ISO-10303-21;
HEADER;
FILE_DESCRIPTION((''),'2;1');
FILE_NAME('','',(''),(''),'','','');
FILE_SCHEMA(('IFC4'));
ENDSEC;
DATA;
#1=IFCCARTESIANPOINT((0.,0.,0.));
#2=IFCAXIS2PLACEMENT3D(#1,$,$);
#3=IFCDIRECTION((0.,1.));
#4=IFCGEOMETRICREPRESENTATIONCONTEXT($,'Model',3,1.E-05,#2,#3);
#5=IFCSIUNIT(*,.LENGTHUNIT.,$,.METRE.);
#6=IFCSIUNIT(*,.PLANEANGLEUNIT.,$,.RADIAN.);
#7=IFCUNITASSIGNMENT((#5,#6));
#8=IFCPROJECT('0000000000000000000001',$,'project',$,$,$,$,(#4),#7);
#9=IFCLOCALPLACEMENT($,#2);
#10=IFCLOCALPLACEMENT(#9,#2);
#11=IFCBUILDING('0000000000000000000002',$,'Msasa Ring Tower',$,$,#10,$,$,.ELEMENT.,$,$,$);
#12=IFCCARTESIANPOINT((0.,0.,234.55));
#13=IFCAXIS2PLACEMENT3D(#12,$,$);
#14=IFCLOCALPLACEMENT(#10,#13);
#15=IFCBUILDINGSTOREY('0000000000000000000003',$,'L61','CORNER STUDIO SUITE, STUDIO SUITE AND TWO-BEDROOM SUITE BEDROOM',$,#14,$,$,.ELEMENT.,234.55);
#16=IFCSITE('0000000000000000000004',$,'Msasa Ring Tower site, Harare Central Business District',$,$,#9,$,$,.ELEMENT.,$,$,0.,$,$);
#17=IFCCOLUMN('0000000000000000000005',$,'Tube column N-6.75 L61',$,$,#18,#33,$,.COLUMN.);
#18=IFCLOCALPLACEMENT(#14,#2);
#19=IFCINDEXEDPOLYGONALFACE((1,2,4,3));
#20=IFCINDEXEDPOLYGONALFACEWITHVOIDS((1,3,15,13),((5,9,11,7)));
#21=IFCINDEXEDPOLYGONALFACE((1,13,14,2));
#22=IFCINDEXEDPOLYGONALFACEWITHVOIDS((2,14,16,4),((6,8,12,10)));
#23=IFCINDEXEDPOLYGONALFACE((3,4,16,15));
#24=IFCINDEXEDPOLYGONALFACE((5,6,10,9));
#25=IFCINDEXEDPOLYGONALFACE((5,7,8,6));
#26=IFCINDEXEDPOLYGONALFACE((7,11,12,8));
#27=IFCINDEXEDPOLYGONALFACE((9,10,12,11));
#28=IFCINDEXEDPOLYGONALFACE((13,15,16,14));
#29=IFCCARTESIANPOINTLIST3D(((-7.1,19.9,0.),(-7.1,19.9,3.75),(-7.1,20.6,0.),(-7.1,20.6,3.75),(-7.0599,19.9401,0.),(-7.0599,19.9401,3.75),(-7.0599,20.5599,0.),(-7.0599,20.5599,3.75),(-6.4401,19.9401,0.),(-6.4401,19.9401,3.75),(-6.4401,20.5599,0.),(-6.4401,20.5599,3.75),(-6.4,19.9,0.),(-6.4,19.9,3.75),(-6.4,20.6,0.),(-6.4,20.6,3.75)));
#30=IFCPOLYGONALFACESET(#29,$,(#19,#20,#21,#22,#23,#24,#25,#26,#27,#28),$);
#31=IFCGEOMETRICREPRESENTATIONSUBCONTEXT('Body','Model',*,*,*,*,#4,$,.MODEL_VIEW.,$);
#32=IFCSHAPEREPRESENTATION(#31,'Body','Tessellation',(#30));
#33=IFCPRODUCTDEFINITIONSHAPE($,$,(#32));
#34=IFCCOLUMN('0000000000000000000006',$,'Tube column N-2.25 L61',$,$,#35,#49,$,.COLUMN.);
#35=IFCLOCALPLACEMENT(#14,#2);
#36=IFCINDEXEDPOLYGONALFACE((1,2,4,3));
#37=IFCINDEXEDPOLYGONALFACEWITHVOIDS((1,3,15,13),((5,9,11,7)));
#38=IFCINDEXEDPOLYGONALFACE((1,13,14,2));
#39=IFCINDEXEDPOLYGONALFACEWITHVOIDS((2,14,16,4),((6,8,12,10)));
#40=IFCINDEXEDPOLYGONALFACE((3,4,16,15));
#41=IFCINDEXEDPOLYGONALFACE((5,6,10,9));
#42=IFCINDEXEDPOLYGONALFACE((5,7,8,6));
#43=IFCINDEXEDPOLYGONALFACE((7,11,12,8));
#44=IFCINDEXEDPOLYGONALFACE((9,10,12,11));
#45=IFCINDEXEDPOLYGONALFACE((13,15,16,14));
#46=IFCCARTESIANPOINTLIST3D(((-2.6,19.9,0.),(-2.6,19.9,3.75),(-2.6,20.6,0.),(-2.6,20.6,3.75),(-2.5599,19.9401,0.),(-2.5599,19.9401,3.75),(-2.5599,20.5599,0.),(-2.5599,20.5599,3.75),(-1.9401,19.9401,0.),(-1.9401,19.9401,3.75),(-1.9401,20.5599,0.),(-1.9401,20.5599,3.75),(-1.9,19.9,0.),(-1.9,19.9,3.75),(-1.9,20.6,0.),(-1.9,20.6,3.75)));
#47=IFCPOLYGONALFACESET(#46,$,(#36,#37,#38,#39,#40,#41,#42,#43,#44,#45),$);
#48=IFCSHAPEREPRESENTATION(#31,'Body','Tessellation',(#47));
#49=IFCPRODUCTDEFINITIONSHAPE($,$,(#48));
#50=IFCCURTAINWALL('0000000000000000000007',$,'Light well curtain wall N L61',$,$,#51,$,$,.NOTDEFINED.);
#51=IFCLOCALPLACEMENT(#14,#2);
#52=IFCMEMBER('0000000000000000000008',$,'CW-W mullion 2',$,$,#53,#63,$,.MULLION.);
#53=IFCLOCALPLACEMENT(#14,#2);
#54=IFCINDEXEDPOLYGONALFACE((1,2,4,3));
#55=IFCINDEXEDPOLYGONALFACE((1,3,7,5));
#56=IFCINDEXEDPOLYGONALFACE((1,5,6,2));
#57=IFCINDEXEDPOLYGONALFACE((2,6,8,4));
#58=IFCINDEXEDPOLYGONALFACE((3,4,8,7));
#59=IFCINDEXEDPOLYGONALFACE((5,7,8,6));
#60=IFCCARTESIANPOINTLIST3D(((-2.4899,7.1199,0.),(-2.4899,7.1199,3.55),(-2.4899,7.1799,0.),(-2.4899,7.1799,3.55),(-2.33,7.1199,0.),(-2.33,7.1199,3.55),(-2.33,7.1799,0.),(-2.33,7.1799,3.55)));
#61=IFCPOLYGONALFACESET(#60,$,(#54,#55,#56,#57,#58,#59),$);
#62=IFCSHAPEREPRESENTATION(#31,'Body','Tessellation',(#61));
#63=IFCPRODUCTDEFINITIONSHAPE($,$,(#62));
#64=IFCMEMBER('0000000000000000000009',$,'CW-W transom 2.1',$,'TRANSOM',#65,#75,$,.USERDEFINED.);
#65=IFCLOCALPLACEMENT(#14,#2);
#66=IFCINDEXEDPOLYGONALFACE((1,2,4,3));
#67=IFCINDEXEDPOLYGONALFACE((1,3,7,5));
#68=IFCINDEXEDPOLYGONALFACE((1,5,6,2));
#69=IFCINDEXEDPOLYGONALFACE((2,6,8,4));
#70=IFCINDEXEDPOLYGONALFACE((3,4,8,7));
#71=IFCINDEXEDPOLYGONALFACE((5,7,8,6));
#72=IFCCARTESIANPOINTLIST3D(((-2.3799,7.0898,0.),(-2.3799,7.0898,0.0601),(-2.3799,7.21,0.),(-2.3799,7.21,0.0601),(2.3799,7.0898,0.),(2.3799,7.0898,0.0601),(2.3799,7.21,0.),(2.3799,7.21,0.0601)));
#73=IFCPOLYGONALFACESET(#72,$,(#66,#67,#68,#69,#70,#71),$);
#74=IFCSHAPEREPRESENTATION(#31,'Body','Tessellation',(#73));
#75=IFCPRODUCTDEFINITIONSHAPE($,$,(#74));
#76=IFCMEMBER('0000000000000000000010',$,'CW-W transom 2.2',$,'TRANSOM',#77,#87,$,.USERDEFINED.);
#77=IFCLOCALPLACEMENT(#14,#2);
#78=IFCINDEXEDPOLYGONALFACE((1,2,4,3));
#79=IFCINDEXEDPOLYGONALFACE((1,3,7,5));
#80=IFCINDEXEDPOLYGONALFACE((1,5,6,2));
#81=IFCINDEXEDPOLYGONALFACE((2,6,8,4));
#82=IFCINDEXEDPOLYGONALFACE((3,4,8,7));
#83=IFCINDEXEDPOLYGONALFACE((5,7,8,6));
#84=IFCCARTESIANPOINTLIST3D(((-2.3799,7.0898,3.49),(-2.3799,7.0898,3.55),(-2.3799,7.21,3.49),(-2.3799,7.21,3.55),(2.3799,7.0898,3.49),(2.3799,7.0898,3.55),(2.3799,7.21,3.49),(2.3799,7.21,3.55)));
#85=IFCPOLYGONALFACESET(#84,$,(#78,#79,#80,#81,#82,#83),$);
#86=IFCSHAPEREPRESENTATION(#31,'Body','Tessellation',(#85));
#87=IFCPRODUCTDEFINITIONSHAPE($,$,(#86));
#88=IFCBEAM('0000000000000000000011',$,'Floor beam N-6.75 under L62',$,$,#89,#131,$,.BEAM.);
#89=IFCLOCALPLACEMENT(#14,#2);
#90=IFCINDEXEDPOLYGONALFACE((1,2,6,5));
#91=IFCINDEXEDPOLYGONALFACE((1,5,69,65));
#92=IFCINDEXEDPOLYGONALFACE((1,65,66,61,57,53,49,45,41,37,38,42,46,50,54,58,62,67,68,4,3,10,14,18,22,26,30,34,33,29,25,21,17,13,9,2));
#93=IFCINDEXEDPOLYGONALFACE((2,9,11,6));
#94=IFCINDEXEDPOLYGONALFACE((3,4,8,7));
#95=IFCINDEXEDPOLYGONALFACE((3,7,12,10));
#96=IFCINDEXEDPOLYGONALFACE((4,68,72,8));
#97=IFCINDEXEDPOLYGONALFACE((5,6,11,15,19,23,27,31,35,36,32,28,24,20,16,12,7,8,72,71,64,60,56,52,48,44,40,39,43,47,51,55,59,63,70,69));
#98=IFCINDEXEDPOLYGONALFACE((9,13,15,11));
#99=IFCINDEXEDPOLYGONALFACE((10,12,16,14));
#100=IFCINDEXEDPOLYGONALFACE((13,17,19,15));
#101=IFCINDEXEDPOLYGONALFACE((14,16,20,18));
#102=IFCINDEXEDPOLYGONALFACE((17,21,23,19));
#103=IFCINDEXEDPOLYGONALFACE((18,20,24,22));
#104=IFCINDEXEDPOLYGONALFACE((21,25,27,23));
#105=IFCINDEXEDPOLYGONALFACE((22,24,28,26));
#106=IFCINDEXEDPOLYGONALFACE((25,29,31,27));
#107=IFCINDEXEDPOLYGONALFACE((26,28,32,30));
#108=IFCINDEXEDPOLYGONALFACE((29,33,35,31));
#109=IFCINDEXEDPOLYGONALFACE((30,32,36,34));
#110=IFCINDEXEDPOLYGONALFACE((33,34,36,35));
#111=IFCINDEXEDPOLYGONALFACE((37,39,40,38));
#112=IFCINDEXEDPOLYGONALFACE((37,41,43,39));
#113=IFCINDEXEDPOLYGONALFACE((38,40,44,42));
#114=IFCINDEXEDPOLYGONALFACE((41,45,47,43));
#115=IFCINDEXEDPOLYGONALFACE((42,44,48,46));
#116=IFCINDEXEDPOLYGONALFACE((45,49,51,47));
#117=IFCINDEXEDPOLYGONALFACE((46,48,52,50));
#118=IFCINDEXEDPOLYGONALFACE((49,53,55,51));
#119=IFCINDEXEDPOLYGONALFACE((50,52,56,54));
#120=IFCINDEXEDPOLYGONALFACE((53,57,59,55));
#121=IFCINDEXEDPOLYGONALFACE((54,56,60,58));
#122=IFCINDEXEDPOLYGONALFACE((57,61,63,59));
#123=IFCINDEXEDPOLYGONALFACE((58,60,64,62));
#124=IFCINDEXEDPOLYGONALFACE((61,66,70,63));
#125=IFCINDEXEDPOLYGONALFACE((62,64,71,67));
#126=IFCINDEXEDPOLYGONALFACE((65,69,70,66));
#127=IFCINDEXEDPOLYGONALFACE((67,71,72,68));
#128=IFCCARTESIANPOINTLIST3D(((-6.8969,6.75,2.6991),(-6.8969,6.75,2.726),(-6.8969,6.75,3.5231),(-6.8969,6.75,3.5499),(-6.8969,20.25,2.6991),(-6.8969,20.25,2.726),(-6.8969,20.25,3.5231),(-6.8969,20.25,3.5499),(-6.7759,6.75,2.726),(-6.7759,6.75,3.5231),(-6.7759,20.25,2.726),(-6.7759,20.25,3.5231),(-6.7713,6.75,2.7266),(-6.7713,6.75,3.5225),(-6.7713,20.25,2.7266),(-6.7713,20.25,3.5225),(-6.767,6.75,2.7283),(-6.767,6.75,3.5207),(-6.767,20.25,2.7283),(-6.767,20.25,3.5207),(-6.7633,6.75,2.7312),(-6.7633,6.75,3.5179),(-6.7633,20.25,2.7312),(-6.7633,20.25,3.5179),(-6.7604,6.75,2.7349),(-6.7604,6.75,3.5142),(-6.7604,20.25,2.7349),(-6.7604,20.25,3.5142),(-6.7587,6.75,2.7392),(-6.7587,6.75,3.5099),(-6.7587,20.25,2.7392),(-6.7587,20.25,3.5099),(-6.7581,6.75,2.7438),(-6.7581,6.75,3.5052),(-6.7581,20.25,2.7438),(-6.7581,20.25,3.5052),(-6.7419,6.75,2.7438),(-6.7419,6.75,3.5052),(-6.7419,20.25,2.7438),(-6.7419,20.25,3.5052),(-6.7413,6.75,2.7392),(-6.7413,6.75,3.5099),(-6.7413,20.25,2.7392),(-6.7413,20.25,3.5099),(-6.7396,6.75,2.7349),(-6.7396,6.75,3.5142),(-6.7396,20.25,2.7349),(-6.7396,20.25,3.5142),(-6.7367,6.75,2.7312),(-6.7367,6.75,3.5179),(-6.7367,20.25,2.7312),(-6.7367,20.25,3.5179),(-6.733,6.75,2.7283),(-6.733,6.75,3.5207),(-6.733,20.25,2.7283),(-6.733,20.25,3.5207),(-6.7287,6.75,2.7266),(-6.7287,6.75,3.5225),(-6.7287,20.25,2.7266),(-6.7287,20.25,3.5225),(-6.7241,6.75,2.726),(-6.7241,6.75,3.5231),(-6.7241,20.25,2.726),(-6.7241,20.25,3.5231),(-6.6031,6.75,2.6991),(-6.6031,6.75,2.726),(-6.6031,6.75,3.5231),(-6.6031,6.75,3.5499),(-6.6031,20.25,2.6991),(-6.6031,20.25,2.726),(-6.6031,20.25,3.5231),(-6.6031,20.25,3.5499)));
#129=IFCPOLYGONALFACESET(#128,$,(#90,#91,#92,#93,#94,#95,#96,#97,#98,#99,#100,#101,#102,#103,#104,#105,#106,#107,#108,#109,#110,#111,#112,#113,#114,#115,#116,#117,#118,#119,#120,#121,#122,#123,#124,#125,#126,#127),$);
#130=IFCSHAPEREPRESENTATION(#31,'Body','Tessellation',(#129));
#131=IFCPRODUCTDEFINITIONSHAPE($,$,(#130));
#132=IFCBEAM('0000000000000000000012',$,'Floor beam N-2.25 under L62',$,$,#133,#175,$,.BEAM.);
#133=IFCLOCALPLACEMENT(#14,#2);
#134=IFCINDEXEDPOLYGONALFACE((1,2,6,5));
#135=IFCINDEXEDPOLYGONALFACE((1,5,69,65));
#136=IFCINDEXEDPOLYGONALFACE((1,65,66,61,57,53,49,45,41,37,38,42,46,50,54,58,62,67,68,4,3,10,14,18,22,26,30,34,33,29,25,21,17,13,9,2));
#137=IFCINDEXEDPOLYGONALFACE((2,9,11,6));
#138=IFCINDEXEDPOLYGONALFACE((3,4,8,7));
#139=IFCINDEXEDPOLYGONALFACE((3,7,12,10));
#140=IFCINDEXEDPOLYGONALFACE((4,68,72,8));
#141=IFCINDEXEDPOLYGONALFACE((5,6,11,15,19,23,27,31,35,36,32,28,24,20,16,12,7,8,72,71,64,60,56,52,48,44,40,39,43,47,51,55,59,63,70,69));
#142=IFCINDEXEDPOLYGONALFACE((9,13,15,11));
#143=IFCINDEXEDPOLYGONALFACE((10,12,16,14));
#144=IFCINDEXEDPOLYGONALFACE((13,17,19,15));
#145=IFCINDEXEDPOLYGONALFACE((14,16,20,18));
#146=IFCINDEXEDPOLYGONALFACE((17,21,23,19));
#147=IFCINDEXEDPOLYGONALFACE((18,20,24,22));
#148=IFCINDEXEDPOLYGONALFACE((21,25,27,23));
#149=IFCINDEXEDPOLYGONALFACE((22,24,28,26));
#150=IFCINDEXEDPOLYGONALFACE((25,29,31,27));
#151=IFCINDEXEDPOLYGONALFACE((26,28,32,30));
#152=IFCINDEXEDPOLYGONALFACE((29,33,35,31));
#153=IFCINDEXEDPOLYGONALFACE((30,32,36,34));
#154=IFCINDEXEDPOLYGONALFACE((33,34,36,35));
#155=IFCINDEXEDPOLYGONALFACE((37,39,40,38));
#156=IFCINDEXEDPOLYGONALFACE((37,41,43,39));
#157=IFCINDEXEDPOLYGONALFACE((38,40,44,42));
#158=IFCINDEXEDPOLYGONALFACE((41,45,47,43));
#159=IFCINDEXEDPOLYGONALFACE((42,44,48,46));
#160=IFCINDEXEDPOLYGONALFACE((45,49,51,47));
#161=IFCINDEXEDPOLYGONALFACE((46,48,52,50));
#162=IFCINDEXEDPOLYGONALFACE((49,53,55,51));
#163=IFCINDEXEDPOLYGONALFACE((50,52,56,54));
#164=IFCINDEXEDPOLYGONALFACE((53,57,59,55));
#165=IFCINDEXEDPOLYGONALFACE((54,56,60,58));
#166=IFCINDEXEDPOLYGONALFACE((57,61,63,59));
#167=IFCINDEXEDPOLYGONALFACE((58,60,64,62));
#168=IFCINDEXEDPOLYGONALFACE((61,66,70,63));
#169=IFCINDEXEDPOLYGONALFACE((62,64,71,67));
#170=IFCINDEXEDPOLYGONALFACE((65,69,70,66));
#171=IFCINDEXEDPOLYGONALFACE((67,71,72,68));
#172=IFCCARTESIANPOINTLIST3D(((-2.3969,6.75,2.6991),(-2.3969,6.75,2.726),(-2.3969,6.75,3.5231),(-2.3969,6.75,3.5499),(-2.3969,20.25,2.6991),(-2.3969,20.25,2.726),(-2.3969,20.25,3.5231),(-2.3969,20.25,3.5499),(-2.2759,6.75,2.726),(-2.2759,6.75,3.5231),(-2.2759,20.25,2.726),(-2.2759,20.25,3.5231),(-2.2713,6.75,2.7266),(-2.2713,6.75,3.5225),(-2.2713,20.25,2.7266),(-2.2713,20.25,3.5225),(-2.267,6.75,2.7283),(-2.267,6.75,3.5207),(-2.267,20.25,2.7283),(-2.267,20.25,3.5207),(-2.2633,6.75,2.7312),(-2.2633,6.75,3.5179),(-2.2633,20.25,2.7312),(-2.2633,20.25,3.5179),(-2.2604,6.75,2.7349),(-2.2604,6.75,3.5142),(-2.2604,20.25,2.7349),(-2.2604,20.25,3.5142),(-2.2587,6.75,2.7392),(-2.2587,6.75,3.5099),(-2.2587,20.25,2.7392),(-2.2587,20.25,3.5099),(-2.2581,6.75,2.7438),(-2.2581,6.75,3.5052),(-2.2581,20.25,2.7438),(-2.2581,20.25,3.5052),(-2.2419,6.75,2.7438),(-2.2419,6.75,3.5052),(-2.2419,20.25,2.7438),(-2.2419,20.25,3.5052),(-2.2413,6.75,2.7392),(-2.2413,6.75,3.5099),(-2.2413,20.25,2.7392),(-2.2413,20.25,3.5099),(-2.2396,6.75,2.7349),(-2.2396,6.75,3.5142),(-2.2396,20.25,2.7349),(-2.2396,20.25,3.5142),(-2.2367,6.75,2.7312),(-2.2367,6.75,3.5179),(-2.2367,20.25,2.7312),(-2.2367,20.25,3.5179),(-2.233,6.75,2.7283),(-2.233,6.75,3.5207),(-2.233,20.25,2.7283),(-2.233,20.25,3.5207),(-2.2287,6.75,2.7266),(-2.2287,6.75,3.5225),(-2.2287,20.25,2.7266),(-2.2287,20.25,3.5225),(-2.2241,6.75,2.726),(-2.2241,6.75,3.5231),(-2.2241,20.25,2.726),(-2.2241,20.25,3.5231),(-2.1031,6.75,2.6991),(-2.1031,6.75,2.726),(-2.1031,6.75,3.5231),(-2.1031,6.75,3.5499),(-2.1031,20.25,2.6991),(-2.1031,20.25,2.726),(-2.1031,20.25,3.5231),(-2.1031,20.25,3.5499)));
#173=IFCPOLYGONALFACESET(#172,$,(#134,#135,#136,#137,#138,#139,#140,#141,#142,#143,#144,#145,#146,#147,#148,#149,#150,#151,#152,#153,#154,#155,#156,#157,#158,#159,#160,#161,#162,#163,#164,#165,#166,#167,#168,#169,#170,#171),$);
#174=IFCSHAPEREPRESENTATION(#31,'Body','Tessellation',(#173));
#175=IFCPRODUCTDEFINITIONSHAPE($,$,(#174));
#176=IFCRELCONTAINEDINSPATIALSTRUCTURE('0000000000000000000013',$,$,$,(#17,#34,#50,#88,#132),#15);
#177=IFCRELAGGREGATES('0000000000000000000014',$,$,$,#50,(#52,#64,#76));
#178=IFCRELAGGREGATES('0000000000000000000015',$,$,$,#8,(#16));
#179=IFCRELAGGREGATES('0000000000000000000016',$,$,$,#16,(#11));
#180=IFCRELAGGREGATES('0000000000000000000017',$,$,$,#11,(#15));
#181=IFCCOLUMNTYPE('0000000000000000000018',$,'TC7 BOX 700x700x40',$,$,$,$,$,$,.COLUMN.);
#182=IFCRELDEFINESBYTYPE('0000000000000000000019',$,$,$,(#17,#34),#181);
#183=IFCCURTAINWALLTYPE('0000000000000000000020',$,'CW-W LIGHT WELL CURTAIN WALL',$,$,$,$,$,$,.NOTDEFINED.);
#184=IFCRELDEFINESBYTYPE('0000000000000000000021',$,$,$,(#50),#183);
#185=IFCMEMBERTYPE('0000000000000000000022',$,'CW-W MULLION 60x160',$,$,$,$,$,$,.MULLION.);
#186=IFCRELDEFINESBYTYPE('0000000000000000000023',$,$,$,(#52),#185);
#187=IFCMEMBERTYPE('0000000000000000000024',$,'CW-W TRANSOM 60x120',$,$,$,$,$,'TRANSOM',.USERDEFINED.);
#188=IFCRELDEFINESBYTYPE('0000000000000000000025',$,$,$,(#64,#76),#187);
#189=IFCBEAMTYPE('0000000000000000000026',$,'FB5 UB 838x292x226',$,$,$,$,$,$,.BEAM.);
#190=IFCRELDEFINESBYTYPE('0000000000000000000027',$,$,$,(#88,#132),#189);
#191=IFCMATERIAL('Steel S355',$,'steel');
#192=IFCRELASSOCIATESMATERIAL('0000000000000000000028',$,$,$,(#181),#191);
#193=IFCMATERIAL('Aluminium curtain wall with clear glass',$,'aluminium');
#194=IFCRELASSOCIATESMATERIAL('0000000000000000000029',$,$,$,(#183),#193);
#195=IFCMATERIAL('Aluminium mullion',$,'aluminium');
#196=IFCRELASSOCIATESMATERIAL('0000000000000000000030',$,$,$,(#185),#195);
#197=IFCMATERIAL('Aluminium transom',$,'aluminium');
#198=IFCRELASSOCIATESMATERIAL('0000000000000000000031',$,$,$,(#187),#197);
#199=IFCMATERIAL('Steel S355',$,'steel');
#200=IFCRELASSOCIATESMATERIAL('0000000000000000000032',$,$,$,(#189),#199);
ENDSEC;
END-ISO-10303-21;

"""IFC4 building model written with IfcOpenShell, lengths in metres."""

from ifc_helpers import new_model, si_unit, direction, frame, origin, origin_2d, place, context, subcontext, project, spatial, rectangle, hollow_rectangle, i_section, extrude, material, material_profile, profile_set, type_object, element, aggregate, save


model = new_model("IFC4")

# Units and contexts
model_context = context("Model", 3, precision=1e-05, world=origin(), true_north=direction((0.0, 1.0)))
body_context = subcontext(model_context, "Body", "Model", "MODEL_VIEW")
ifc_project = project(units=[si_unit("LENGTHUNIT", "METRE"), si_unit("PLANEANGLEUNIT", "RADIAN")], contexts=[model_context])

# Site, building, storey
site_placement = place(None, origin())
site = spatial("IfcSite", under=ifc_project, at=site_placement, Name="Msasa Ring Tower site, Harare Central Business District", CompositionType="ELEMENT", RefElevation=0.0)
building_placement = place(site_placement, origin())
building = spatial("IfcBuilding", under=site, at=building_placement, Name="Msasa Ring Tower", CompositionType="ELEMENT")
storey_placement = place(building_placement, frame((0.0, 0.0, 234.55)))
storey = spatial("IfcBuildingStorey", under=building, at=storey_placement, Name="L61", Description="CORNER STUDIO SUITE, STUDIO SUITE AND TWO-BEDROOM SUITE BEDROOM", CompositionType="ELEMENT", Elevation=234.55)

# Columns
ifc_material_1 = material(Name="Steel S355", Category="steel")
ifc_material_profile_1 = material_profile(ifc_material_1, hollow_rectangle(XDim=0.7, YDim=0.7, WallThickness=0.04, at=origin_2d()), Name="BOX 700x700x40")
ifc_profile_set_1 = profile_set([ifc_material_profile_1], Name="Steel S355")
column_type = type_object("IfcColumnType", Name="TC7 BOX 700x700x40", PredefinedType="COLUMN", material=ifc_profile_set_1)
for number, where, z_axis, x_axis, name in (
    (1, (-6.75, 20.25, 0.0), (0.0, 0.0, 1.0), (0.0, 1.0, 0.0), "Tube column N-6.75 L61"),
    (2, (-2.25, 20.25, 0.0), (0.0, 0.0, 1.0), (0.0, 1.0, 0.0), "Tube column N-2.25 L61"),
):
    element("IfcColumn", number, at=place(storey_placement, frame(where, z_axis=z_axis, x_axis=x_axis)), inside=storey, type_object=column_type, Name=name, PredefinedType="COLUMN", context=body_context, shape_type="SweptSolid", body=[
        extrude(hollow_rectangle(XDim=0.7, YDim=0.7, WallThickness=0.04, at=origin_2d()), origin(), (0.0, 0.0, 1.0), 3.75),
    ])

# Curtain wall, members
ifc_material_2 = material(Name="Aluminium curtain wall with clear glass", Category="aluminium")
curtain_wall_type = type_object("IfcCurtainWallType", Name="CW-W LIGHT WELL CURTAIN WALL", PredefinedType="NOTDEFINED", material=ifc_material_2)
curtain_wall_placement = place(storey_placement, origin())
curtain_wall = element("IfcCurtainWall", 3, at=curtain_wall_placement, inside=storey, type_object=curtain_wall_type, Name="Light well curtain wall N L61", PredefinedType="NOTDEFINED")
ifc_material_3 = material(Name="Aluminium mullion", Category="aluminium")
ifc_material_profile_2 = material_profile(ifc_material_3, rectangle(XDim=0.0601, YDim=0.1599, at=origin_2d()), Name="AL 60x160")
ifc_profile_set_2 = profile_set([ifc_material_profile_2], Name="Aluminium mullion")
member_type_1 = type_object("IfcMemberType", Name="CW-W MULLION 60x160", PredefinedType="MULLION", material=ifc_profile_set_2)
member_1_placement = place(storey_placement, frame((-2.4099, 7.1499, 0.0), z_axis=(0.0, 0.0, 1.0), x_axis=(0.0, 1.0, 0.0)))
member_1 = element("IfcMember", 4, at=member_1_placement, type_object=member_type_1, Name="CW-W mullion 2", PredefinedType="MULLION", context=body_context, shape_type="SweptSolid", body=[
    extrude(rectangle(XDim=0.0601, YDim=0.1599, at=origin_2d()), origin(), (0.0, 0.0, 1.0), 3.55),
])
ifc_material_4 = material(Name="Aluminium transom", Category="aluminium")
ifc_material_profile_3 = material_profile(ifc_material_4, rectangle(XDim=0.1201, YDim=0.0601, at=origin_2d()), Name="AL 60x120")
ifc_profile_set_3 = profile_set([ifc_material_profile_3], Name="Aluminium transom")
member_type_2 = type_object("IfcMemberType", Name="CW-W TRANSOM 60x120", ElementType="TRANSOM", PredefinedType="USERDEFINED", material=ifc_profile_set_3)
member_2_placement = place(storey_placement, frame((-2.3799, 7.1499, 0.03), z_axis=(1.0, 0.0, 0.0), x_axis=(0.0, 1.0, 0.0)))
member_2 = element("IfcMember", 5, at=member_2_placement, type_object=member_type_2, Name="CW-W transom 2.1", ObjectType="TRANSOM", PredefinedType="USERDEFINED", context=body_context, shape_type="SweptSolid", body=[
    extrude(rectangle(XDim=0.1201, YDim=0.0601, at=origin_2d()), origin(), (0.0, 0.0, 1.0), 4.7598),
])
member_3_placement = place(storey_placement, frame((-2.3799, 7.1499, 3.52), z_axis=(1.0, 0.0, 0.0), x_axis=(0.0, 1.0, 0.0)))
member_3 = element("IfcMember", 6, at=member_3_placement, type_object=member_type_2, Name="CW-W transom 2.2", ObjectType="TRANSOM", PredefinedType="USERDEFINED", context=body_context, shape_type="SweptSolid", body=[
    extrude(rectangle(XDim=0.1201, YDim=0.0601, at=origin_2d()), origin(), (0.0, 0.0, 1.0), 4.7598),
])

# Beams
ifc_material_5 = material(Name="Steel S355", Category="steel")
ifc_material_profile_4 = material_profile(ifc_material_5, i_section(OverallWidth=0.2937, OverallDepth=0.8508, WebThickness=0.0161, FlangeThickness=0.0269, FilletRadius=0.0178, at=origin_2d()), Name="UB 838x292x226")
ifc_profile_set_4 = profile_set([ifc_material_profile_4], Name="Steel S355")
beam_type_1 = type_object("IfcBeamType", Name="FB5 UB 838x292x226", PredefinedType="BEAM", material=ifc_profile_set_4)
for number, where, z_axis, x_axis, name in (
    (7, (-6.75, 20.25, 3.1245), (0.0, -1.0, 0.0), (1.0, 0.0, 0.0), "Floor beam N-6.75 under L62"),
    (8, (-2.25, 20.25, 3.1245), (0.0, -1.0, 0.0), (1.0, 0.0, 0.0), "Floor beam N-2.25 under L62"),
):
    element("IfcBeam", number, at=place(storey_placement, frame(where, z_axis=z_axis, x_axis=x_axis)), inside=storey, type_object=beam_type_1, Name=name, PredefinedType="BEAM", context=body_context, shape_type="SweptSolid", body=[
        extrude(i_section(OverallWidth=0.2937, OverallDepth=0.8508, WebThickness=0.0161, FlangeThickness=0.0269, FilletRadius=0.0178, at=origin_2d()), origin(), (0.0, 0.0, 1.0), 13.5),
    ])

aggregate(curtain_wall, [member_1, member_2, member_3])

save(model, "model.ifc")
